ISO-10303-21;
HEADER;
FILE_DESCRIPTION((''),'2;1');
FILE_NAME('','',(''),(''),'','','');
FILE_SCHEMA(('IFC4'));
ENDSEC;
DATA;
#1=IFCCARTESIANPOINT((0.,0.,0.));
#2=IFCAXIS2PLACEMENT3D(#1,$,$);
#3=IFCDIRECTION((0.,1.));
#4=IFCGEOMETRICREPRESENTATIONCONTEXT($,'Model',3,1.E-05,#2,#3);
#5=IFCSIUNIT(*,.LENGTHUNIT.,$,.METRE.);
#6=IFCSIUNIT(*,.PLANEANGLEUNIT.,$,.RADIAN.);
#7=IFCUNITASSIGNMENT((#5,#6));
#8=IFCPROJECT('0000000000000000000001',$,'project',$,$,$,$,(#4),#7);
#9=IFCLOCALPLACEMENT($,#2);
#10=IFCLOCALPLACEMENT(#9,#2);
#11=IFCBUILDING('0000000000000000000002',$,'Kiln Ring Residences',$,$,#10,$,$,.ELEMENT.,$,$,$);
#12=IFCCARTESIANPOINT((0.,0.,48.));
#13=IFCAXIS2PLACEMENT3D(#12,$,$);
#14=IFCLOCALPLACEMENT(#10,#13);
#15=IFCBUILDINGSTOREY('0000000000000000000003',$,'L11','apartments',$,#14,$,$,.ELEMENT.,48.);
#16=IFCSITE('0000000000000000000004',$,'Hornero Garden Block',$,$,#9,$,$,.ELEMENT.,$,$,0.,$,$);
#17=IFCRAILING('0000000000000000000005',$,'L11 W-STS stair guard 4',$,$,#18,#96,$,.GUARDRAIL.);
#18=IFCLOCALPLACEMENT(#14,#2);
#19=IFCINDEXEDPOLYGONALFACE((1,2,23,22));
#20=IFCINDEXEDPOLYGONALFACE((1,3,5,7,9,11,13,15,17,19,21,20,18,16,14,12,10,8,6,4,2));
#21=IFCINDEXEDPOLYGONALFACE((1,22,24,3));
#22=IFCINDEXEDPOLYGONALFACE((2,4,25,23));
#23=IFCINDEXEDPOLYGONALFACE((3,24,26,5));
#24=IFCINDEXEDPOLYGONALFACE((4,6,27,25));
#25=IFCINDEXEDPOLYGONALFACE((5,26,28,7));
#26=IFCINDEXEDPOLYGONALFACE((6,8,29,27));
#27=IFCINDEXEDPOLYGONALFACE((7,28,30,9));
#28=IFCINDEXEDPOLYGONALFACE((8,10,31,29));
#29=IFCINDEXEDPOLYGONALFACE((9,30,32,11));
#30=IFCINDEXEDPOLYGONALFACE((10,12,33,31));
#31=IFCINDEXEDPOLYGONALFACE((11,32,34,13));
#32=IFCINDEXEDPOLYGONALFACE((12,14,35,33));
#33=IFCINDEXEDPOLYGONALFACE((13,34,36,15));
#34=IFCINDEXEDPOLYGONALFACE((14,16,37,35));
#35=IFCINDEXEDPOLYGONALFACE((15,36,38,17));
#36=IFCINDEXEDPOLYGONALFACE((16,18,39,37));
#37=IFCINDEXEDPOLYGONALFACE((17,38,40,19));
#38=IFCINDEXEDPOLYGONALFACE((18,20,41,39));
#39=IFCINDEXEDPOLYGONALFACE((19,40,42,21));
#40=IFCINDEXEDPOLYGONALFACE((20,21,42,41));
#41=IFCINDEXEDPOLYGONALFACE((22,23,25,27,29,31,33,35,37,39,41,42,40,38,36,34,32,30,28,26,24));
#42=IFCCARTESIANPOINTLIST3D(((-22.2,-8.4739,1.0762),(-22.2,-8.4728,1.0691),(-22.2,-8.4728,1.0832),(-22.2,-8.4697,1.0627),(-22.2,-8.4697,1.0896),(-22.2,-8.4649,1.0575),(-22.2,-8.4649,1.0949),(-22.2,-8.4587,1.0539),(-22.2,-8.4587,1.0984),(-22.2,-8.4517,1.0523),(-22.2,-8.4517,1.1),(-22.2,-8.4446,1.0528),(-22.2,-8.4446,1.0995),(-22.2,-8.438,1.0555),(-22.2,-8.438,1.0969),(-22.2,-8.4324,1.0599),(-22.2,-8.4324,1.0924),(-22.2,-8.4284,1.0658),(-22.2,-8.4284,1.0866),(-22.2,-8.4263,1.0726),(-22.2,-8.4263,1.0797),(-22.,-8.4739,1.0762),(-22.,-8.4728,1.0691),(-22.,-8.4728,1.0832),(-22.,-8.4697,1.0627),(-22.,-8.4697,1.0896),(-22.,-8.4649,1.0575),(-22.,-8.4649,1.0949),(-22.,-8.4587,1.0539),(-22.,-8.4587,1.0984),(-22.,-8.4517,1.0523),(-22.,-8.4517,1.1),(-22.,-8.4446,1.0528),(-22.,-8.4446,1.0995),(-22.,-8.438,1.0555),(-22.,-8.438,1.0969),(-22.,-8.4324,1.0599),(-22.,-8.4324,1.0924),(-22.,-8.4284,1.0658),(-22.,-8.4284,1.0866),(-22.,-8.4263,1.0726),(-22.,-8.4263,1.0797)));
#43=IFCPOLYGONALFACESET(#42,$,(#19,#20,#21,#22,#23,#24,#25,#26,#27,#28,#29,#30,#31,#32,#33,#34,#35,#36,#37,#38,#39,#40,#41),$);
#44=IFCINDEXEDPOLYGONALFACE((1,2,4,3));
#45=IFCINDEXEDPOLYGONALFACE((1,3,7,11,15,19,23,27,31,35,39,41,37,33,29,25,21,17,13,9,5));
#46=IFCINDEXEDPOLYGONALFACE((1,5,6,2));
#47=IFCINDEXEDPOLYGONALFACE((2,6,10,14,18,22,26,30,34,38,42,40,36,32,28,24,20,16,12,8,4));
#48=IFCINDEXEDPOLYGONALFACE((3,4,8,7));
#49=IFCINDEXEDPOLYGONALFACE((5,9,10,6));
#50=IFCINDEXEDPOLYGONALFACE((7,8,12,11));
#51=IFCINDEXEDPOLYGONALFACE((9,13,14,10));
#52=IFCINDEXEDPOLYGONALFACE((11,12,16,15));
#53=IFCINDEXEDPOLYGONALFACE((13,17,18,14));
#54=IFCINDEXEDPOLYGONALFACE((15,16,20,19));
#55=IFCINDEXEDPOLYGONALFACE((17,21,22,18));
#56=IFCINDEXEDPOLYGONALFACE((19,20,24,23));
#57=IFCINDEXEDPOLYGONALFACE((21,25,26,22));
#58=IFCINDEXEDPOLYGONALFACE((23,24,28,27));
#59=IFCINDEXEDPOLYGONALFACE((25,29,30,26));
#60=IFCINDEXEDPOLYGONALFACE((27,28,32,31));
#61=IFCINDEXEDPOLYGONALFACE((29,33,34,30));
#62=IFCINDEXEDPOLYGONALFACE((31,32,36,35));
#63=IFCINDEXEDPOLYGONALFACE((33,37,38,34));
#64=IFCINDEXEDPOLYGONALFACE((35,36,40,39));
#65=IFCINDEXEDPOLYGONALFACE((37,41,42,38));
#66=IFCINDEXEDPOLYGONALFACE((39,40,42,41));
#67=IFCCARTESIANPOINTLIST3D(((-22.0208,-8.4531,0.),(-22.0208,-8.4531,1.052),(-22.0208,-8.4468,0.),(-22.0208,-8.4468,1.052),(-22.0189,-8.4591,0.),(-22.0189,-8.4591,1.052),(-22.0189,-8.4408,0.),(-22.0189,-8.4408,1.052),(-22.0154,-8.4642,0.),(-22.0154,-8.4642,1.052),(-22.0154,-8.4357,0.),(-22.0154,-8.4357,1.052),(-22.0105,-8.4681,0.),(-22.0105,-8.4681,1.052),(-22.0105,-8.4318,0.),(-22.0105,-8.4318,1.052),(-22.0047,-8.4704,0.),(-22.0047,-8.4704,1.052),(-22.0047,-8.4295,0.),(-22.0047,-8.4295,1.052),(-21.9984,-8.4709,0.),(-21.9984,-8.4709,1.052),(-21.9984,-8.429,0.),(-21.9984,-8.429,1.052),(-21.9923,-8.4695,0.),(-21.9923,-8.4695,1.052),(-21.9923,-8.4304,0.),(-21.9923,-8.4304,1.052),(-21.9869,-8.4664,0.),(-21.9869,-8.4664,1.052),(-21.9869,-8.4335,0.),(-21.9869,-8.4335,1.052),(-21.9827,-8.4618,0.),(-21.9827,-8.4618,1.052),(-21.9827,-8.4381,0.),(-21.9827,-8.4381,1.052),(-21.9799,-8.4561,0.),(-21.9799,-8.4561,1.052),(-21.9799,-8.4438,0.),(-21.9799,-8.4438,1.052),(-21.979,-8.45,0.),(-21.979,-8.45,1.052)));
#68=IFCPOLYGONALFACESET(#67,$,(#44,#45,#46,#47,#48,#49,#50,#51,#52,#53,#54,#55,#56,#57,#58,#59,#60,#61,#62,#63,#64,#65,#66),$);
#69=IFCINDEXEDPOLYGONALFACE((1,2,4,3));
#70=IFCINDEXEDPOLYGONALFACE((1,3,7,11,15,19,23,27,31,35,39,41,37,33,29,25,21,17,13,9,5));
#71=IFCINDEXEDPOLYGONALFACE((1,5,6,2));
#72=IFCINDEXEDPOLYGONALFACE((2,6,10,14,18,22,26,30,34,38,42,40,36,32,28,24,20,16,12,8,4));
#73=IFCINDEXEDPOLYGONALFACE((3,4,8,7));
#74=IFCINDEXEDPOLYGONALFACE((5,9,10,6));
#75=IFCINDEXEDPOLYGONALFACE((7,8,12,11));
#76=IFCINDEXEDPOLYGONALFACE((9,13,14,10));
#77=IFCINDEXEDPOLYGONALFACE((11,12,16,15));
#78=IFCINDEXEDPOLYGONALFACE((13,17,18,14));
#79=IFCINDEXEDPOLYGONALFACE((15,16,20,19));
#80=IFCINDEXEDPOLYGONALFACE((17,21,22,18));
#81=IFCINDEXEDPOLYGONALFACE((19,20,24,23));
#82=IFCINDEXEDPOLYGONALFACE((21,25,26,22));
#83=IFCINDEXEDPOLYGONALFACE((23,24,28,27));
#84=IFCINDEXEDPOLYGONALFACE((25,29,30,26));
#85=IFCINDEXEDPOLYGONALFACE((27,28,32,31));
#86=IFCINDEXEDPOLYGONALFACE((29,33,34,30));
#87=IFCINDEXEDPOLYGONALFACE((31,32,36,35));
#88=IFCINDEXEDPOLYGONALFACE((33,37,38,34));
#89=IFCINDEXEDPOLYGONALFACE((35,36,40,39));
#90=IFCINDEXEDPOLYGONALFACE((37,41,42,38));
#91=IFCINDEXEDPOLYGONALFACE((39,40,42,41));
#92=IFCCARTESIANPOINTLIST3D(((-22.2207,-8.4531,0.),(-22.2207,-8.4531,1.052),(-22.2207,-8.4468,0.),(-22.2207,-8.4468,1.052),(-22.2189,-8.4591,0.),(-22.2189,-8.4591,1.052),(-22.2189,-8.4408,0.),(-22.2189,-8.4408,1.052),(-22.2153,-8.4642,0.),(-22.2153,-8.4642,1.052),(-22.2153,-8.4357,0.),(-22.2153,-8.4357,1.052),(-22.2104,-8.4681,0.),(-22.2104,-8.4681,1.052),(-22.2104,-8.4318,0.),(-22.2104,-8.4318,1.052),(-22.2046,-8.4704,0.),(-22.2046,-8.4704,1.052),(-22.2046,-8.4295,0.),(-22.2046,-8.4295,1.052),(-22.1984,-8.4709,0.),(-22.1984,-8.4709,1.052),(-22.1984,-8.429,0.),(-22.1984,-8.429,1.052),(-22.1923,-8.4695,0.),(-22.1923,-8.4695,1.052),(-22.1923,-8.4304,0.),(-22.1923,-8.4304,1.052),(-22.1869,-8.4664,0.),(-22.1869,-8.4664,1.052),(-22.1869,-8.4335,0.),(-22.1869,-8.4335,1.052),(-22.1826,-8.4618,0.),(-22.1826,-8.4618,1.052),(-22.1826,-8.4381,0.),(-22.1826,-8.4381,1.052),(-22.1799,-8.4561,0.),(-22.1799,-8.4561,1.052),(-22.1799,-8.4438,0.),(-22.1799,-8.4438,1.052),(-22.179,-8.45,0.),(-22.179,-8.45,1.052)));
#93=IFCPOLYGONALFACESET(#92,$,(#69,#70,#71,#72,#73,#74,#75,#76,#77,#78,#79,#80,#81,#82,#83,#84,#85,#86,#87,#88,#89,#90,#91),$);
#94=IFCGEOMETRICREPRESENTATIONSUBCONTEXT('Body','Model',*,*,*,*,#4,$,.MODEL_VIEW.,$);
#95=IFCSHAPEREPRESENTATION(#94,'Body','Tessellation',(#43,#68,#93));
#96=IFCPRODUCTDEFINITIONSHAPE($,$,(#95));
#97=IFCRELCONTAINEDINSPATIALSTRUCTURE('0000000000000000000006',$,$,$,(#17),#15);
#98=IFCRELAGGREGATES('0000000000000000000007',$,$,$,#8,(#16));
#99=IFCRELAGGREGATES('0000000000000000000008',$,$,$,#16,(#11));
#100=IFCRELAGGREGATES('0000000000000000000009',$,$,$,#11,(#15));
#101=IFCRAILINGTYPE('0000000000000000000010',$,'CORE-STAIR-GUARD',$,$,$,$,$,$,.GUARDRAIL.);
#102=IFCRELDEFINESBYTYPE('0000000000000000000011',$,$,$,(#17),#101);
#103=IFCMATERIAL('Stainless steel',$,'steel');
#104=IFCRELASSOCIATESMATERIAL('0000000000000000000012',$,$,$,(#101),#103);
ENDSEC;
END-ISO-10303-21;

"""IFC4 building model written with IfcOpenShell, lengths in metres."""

from ifc_helpers import new_model, si_unit, direction, frame, origin, origin_2d, place, context, subcontext, project, spatial, circle, extrude, material, type_object, element, save


model = new_model("IFC4")

# Units and contexts
model_context = context("Model", 3, precision=1e-05, world=origin(), true_north=direction((0.0, 1.0)))
body_context = subcontext(model_context, "Body", "Model", "MODEL_VIEW")
ifc_project = project(units=[si_unit("LENGTHUNIT", "METRE"), si_unit("PLANEANGLEUNIT", "RADIAN")], contexts=[model_context])

# Site, building, storey
site_placement = place(None, origin())
site = spatial("IfcSite", under=ifc_project, at=site_placement, Name="Hornero Garden Block", CompositionType="ELEMENT", RefElevation=0.0)
building_placement = place(site_placement, origin())
building = spatial("IfcBuilding", under=site, at=building_placement, Name="Kiln Ring Residences", CompositionType="ELEMENT")
storey_placement = place(building_placement, frame((0.0, 0.0, 48.0)))
storey = spatial("IfcBuildingStorey", under=building, at=storey_placement, Name="L11", Description="apartments", CompositionType="ELEMENT", Elevation=48.0)

# Railing
ifc_material_1 = material(Name="Stainless steel", Category="steel")
railing_type_1 = type_object("IfcRailingType", Name="CORE-STAIR-GUARD", PredefinedType="GUARDRAIL", material=ifc_material_1)
railing_1_placement = place(storey_placement, frame((-22.0, -8.45, 0.0)))
element("IfcRailing", 1, at=railing_1_placement, inside=storey, type_object=railing_type_1, Name="L11 W-STS stair guard 4", PredefinedType="GUARDRAIL", context=body_context, shape_type="SweptSolid", body=[
    extrude(circle(Radius=0.0239, at=origin_2d()), frame((0.0, 0.0, 1.0762), z_axis=(-1.0, 0.0, 0.0), x_axis=(0.0, -1.0, 0.0)), (0.0, 0.0, 1.0), 0.2),
    extrude(circle(Radius=0.021, at=origin_2d()), origin(), (0.0, 0.0, 1.0), 1.052),
    extrude(circle(Radius=0.021, at=origin_2d()), frame((-0.2, 0.0, 0.0)), (0.0, 0.0, 1.0), 1.052),
])

save(model, "model.ifc")
